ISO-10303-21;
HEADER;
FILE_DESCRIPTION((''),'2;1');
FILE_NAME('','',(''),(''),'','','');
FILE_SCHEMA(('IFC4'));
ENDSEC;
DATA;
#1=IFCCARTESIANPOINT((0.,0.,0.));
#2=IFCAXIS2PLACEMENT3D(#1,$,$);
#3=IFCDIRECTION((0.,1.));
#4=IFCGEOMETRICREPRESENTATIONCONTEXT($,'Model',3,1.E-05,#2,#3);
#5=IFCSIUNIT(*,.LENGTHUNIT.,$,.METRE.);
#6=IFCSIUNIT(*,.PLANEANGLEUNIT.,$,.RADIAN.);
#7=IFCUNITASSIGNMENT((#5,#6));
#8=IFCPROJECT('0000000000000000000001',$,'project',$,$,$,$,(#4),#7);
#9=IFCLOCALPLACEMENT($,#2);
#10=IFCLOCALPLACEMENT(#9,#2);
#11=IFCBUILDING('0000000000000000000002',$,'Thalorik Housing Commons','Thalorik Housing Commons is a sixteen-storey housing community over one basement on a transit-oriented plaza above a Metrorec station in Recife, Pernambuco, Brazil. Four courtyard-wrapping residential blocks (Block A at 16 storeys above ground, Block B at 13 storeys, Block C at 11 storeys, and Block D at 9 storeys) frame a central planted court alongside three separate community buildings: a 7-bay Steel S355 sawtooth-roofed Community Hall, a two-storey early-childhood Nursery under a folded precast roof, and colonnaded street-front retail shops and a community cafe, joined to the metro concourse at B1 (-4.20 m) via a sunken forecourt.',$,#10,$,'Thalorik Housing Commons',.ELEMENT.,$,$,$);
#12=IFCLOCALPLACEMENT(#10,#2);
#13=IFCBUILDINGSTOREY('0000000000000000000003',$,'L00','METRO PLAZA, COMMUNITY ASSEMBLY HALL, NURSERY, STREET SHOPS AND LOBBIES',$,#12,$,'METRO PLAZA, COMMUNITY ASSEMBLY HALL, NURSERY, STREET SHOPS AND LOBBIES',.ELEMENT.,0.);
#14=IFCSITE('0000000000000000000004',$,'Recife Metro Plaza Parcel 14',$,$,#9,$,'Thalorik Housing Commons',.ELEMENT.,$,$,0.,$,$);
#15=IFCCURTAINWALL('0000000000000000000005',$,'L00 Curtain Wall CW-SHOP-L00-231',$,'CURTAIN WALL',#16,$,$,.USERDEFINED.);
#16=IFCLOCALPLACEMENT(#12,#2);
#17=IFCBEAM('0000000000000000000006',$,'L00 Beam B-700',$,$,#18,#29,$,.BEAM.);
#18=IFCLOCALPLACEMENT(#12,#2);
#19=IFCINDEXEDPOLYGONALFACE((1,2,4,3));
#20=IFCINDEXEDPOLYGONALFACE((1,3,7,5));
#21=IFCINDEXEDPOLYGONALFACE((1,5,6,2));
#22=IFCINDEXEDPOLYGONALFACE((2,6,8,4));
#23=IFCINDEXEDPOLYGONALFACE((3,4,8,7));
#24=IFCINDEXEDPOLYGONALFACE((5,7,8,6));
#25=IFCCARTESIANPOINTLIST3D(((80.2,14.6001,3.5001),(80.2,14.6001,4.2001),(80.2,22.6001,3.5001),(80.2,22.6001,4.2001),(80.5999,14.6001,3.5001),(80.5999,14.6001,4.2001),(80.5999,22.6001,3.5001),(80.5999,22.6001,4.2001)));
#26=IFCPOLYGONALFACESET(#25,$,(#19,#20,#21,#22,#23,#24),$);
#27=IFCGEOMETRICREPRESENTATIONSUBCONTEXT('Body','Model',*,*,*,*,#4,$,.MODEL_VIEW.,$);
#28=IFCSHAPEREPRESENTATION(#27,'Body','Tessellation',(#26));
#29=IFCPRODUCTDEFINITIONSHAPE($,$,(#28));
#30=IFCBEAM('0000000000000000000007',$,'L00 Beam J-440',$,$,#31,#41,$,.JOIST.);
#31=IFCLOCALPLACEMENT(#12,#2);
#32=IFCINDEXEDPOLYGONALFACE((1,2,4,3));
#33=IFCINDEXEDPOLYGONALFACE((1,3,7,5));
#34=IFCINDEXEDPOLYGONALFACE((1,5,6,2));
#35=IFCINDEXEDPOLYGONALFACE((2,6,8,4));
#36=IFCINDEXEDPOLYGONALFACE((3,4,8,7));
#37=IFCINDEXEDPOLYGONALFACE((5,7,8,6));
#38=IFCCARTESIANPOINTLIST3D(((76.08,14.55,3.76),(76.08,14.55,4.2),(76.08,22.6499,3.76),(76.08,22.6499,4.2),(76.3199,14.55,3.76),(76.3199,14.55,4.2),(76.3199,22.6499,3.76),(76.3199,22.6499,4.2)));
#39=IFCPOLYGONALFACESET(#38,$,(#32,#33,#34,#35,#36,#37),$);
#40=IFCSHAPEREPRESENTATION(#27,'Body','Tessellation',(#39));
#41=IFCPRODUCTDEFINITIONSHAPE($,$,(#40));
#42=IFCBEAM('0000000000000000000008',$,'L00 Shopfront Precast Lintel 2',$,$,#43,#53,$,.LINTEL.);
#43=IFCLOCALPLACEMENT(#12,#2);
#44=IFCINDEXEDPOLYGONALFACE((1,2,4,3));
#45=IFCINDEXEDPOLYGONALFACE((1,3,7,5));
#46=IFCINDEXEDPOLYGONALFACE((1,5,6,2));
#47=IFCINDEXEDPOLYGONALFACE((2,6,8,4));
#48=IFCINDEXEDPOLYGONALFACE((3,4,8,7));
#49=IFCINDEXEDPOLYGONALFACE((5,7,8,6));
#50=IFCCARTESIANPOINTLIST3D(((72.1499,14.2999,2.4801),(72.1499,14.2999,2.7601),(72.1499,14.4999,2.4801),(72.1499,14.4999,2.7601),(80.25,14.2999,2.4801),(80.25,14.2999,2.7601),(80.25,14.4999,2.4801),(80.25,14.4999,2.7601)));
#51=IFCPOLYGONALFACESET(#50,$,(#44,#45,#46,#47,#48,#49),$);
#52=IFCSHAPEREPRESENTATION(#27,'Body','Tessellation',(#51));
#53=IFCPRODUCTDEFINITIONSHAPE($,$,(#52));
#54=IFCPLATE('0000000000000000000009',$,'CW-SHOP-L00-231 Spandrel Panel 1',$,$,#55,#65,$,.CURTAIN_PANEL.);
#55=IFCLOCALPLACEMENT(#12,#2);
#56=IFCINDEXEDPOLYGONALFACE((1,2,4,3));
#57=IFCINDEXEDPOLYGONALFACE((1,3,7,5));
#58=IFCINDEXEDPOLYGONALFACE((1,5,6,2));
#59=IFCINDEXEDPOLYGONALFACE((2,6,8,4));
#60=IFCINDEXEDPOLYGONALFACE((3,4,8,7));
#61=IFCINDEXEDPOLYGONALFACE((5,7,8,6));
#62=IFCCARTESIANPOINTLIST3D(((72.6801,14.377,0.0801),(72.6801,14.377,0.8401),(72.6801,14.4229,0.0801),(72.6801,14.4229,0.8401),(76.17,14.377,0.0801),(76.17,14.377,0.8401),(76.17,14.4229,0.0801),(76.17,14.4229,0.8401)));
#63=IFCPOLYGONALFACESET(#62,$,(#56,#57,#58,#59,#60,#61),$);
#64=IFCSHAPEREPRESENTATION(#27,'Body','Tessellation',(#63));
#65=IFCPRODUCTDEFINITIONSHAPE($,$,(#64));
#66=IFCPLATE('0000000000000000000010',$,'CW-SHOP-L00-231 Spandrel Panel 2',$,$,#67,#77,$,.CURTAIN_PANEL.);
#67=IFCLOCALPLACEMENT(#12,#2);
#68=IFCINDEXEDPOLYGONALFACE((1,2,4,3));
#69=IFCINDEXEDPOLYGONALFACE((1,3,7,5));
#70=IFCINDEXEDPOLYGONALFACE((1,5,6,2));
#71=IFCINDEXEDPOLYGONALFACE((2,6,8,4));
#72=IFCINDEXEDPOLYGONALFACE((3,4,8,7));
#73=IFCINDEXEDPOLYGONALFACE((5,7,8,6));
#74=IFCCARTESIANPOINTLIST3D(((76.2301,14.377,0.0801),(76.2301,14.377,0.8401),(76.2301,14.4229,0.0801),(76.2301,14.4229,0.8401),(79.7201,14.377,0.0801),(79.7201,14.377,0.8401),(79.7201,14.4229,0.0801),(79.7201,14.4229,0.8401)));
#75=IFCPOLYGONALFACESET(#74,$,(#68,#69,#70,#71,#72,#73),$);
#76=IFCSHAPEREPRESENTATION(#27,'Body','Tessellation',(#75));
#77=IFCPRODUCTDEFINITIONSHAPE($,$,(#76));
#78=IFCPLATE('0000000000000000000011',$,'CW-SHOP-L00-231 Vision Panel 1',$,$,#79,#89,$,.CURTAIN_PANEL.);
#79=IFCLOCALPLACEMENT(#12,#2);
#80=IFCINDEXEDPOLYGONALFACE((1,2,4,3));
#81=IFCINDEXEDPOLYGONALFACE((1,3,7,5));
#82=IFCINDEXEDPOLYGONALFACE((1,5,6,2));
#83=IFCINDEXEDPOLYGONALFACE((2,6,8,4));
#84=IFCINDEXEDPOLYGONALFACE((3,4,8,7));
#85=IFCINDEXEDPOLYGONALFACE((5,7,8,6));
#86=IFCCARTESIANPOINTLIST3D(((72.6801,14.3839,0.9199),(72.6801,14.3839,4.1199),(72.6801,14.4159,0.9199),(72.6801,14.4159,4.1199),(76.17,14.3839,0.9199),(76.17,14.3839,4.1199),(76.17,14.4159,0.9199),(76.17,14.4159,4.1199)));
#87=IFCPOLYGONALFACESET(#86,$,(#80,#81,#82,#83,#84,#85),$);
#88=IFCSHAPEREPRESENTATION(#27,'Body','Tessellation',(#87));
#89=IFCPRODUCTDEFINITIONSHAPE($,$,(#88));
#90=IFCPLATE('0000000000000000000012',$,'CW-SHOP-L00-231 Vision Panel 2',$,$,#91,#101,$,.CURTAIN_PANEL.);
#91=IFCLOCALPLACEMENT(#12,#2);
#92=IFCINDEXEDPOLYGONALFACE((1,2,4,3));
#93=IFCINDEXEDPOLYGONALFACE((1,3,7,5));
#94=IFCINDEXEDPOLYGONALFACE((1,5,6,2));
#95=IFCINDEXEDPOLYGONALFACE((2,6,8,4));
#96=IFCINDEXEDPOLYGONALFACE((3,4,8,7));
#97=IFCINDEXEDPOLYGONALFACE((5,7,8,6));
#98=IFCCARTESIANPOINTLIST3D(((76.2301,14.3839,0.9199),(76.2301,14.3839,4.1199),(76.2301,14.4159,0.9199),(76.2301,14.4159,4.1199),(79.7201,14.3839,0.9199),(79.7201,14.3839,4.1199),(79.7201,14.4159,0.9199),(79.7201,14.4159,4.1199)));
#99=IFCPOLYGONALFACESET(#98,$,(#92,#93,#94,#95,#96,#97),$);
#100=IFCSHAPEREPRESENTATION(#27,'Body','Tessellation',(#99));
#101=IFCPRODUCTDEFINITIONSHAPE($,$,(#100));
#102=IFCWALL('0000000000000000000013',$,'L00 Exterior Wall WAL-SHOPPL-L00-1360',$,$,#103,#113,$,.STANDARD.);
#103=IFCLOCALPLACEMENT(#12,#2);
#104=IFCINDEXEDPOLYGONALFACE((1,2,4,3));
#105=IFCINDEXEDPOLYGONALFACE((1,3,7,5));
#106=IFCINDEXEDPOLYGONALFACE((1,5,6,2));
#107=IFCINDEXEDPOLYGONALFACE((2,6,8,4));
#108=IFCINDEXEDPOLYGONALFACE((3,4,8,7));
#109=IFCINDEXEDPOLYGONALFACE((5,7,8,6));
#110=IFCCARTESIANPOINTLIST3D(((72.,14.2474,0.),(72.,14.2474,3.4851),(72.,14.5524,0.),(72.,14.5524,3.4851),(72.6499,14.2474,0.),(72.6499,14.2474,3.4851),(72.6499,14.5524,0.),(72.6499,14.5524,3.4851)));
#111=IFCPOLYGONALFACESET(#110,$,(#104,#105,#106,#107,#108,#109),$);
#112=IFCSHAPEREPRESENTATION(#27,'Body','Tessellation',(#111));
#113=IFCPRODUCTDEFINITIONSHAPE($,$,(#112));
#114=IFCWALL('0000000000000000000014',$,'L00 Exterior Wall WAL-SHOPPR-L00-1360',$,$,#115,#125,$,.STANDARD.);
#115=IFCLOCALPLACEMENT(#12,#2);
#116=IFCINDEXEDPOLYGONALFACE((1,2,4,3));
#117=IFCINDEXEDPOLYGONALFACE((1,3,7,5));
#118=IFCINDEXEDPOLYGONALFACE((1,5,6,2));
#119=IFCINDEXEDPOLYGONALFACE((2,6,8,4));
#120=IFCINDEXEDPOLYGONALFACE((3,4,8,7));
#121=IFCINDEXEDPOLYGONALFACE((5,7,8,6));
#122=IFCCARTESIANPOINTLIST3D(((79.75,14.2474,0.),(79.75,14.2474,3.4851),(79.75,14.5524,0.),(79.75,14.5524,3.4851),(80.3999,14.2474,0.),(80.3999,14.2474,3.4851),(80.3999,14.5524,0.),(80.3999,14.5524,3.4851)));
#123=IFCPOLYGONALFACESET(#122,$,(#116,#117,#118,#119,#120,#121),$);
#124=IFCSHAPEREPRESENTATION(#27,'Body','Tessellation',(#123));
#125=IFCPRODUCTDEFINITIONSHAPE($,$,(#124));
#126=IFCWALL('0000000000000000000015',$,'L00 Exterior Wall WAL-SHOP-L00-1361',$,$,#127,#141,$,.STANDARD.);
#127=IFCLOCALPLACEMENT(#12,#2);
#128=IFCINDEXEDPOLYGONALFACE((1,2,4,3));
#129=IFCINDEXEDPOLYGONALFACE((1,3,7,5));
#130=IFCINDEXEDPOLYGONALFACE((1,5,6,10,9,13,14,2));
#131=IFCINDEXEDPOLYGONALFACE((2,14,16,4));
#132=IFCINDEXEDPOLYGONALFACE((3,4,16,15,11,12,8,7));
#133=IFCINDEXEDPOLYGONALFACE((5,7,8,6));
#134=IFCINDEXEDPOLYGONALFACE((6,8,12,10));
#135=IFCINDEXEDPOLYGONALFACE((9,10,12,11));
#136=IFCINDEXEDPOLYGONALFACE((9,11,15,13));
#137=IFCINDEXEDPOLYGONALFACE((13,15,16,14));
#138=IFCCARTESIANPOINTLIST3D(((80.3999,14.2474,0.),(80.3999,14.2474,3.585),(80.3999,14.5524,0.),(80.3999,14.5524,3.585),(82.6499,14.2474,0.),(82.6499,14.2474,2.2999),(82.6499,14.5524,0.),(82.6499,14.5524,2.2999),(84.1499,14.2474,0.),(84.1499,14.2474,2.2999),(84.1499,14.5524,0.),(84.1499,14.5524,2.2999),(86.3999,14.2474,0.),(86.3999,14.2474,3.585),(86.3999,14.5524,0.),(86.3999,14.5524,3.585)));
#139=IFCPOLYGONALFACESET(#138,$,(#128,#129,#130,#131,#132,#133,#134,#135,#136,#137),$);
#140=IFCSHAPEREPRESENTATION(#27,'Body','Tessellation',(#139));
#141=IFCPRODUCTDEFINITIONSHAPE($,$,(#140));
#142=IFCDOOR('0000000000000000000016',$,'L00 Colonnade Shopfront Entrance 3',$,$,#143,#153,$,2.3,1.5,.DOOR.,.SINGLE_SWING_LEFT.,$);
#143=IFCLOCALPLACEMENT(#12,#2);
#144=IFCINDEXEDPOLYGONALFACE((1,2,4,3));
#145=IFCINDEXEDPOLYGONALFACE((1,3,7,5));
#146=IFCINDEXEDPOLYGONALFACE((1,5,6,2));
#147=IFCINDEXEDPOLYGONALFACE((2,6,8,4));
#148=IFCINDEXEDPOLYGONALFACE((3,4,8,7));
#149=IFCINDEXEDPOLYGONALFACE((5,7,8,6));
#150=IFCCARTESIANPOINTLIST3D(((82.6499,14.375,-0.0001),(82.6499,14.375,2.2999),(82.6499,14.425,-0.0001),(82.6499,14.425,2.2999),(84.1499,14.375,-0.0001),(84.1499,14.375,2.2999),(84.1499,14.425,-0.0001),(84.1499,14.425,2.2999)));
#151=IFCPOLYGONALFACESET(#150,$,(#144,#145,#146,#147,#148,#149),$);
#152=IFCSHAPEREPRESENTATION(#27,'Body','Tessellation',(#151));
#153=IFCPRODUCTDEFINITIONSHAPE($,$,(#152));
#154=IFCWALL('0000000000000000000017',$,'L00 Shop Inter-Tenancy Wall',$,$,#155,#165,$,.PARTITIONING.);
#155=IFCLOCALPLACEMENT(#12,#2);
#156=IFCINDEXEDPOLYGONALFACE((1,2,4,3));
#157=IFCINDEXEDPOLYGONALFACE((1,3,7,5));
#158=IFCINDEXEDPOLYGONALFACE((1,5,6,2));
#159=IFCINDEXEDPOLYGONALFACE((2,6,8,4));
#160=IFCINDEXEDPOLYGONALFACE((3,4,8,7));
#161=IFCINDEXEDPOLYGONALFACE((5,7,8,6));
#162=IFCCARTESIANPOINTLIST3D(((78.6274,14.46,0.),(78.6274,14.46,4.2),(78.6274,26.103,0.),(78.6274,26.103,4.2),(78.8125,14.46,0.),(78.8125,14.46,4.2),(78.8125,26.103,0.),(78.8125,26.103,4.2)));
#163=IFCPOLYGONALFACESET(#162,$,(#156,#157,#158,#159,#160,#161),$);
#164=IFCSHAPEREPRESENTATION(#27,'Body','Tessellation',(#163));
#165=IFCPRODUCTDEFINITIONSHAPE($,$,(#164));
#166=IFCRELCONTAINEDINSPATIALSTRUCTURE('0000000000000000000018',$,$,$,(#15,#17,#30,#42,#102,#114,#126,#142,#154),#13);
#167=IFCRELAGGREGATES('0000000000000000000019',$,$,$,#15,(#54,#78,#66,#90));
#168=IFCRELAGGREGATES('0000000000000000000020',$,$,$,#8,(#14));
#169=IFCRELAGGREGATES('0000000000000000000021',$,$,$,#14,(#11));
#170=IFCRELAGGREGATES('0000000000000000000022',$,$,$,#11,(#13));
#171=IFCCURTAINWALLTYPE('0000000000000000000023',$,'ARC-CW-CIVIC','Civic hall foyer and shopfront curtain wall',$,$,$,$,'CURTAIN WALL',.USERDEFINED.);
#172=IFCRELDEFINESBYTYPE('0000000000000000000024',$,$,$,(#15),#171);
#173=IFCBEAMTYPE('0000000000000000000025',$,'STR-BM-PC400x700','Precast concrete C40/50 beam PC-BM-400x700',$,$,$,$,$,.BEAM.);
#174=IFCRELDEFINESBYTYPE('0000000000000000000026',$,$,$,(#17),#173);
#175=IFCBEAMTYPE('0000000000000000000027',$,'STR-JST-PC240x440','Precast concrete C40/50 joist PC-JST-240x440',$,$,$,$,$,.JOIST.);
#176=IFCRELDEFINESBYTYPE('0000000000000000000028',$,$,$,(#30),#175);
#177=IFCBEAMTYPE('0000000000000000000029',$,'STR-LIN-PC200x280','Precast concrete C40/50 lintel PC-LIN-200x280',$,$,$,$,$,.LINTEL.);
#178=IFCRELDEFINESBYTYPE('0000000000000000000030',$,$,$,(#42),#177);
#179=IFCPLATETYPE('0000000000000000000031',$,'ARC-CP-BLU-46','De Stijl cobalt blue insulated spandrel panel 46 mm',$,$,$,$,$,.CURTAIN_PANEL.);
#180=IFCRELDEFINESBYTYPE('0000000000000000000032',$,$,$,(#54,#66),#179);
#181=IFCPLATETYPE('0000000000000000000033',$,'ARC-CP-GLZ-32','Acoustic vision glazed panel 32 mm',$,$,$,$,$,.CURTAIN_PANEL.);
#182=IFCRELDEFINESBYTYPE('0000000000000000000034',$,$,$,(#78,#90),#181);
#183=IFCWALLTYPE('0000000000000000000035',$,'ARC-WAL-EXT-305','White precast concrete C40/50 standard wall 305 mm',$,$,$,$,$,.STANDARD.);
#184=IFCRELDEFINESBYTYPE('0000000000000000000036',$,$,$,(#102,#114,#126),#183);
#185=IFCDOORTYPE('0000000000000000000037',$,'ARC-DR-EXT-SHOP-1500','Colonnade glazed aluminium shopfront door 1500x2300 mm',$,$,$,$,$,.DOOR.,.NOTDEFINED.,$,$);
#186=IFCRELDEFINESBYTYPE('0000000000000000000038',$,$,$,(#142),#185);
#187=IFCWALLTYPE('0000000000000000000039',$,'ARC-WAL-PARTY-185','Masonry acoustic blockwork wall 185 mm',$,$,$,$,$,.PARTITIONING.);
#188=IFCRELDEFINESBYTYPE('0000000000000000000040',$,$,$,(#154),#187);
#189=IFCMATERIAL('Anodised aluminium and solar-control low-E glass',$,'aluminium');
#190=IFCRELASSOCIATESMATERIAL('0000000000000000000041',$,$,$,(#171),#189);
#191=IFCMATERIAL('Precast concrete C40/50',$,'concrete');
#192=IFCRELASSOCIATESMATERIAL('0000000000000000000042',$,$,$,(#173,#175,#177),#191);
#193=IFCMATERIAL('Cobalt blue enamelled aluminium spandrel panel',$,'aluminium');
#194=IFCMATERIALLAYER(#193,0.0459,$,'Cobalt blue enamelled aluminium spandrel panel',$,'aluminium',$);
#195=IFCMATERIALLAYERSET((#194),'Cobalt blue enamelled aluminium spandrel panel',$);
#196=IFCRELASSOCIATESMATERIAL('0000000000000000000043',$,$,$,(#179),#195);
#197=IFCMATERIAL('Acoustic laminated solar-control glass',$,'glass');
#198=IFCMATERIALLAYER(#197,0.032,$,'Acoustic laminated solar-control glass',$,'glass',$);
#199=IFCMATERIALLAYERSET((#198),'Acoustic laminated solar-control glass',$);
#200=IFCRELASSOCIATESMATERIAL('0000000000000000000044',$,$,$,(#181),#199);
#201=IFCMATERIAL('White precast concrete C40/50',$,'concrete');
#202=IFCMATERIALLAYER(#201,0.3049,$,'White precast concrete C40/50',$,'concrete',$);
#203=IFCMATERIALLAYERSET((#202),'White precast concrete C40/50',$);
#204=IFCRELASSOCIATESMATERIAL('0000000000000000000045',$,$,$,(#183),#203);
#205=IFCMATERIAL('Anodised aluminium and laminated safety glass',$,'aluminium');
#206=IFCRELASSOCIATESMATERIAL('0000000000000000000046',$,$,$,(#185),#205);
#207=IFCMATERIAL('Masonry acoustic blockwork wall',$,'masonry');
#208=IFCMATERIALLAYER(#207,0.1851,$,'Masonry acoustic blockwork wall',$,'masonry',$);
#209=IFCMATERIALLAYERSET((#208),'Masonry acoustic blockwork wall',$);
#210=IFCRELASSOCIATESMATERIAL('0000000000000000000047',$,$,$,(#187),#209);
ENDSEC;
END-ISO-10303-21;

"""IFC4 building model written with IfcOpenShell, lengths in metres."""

from ifc_helpers import new_model, si_unit, direction, frame, frame_2d, origin, origin_2d, place, context, subcontext, project, spatial, rectangle, extrude, material, layer, layer_set, material_profile, profile_set, type_object, element, fill, aggregate, save


model = new_model("IFC4")

# Units and contexts
model_context = context("Model", 3, precision=1e-05, world=origin(), true_north=direction((0.0, 1.0)))
body_context = subcontext(model_context, "Body", "Model", "MODEL_VIEW")
ifc_project = project(units=[si_unit("LENGTHUNIT", "METRE"), si_unit("PLANEANGLEUNIT", "RADIAN")], contexts=[model_context])

# Site, building, storey
site_placement = place(None, origin())
site = spatial("IfcSite", under=ifc_project, at=site_placement, Name="Recife Metro Plaza Parcel 14", LongName="Thalorik Housing Commons", CompositionType="ELEMENT", RefElevation=0.0)
building_placement = place(site_placement, origin())
building = spatial("IfcBuilding", under=site, at=building_placement, Name="Thalorik Housing Commons", Description="Thalorik Housing Commons is a sixteen-storey housing community over one basement on a transit-oriented plaza above a Metrorec station in Recife, Pernambuco, Brazil. Four courtyard-wrapping residential blocks (Block A at 16 storeys above ground, Block B at 13 storeys, Block C at 11 storeys, and Block D at 9 storeys) frame a central planted court alongside three separate community buildings: a 7-bay Steel S355 sawtooth-roofed Community Hall, a two-storey early-childhood Nursery under a folded precast roof, and colonnaded street-front retail shops and a community cafe, joined to the metro concourse at B1 (-4.20 m) via a sunken forecourt.", LongName="Thalorik Housing Commons", CompositionType="ELEMENT")
storey_placement = place(building_placement, origin())
storey = spatial("IfcBuildingStorey", under=building, at=storey_placement, Name="L00", Description="METRO PLAZA, COMMUNITY ASSEMBLY HALL, NURSERY, STREET SHOPS AND LOBBIES", LongName="METRO PLAZA, COMMUNITY ASSEMBLY HALL, NURSERY, STREET SHOPS AND LOBBIES", CompositionType="ELEMENT", Elevation=0.0)

# Shared definitions
ifc_material_1 = material(Name="Precast concrete C40/50", Category="concrete")

# Curtain wall
ifc_material_2 = material(Name="Anodised aluminium and solar-control low-E glass", Category="aluminium")
curtain_wall_type = type_object("IfcCurtainWallType", Name="ARC-CW-CIVIC", Description="Civic hall foyer and shopfront curtain wall", ElementType="CURTAIN WALL", PredefinedType="USERDEFINED", material=ifc_material_2)
curtain_wall_placement = place(storey_placement, origin())
curtain_wall = element("IfcCurtainWall", 1, at=curtain_wall_placement, inside=storey, type_object=curtain_wall_type, Name="L00 Curtain Wall CW-SHOP-L00-231", ObjectType="CURTAIN WALL", PredefinedType="USERDEFINED")

# Beams
ifc_material_profile_1 = material_profile(ifc_material_1, rectangle(XDim=0.3999, YDim=0.7, at=origin_2d()), Name="PC 400x700", Category="concrete")
ifc_profile_set_1 = profile_set([ifc_material_profile_1], Name="Precast concrete C40/50")
beam_type_1 = type_object("IfcBeamType", Name="STR-BM-PC400x700", Description="Precast concrete C40/50 beam PC-BM-400x700", PredefinedType="BEAM", material=ifc_profile_set_1)
for number, where, z_axis, x_axis, name in (
    (2, (80.3999, 14.6001, 3.8501), (0.0, 1.0, 0.0), (-1.0, 0.0, 0.0), "L00 Beam B-700"),
):
    element("IfcBeam", number, at=place(storey_placement, frame(where, z_axis=z_axis, x_axis=x_axis)), inside=storey, type_object=beam_type_1, Name=name, PredefinedType="BEAM", context=body_context, shape_type="SweptSolid", body=[
        extrude(rectangle(XDim=0.3999, YDim=0.7, at=origin_2d()), origin(), (0.0, 0.0, 1.0), 8.0),
    ])
ifc_material_profile_2 = material_profile(ifc_material_1, rectangle(XDim=0.24, YDim=0.4399, at=origin_2d()), Name="PC JST 240x440", Category="concrete")
ifc_profile_set_2 = profile_set([ifc_material_profile_2], Name="Precast concrete C40/50")
beam_type_2 = type_object("IfcBeamType", Name="STR-JST-PC240x440", Description="Precast concrete C40/50 joist PC-JST-240x440", PredefinedType="JOIST", material=ifc_profile_set_2)
beam_1_placement = place(storey_placement, frame((76.2, 14.55, 3.98), z_axis=(0.0, 1.0, 0.0), x_axis=(-1.0, 0.0, 0.0)))
element("IfcBeam", 3, at=beam_1_placement, inside=storey, type_object=beam_type_2, Name="L00 Beam J-440", PredefinedType="JOIST", context=body_context, shape_type="SweptSolid", body=[
    extrude(rectangle(XDim=0.24, YDim=0.4399, at=origin_2d()), origin(), (0.0, 0.0, 1.0), 8.0999),
])
ifc_material_profile_3 = material_profile(ifc_material_1, rectangle(XDim=0.2, YDim=0.28, at=origin_2d()), Name="PC LIN 200x280", Category="concrete")
ifc_profile_set_3 = profile_set([ifc_material_profile_3], Name="Precast concrete C40/50")
beam_type_3 = type_object("IfcBeamType", Name="STR-LIN-PC200x280", Description="Precast concrete C40/50 lintel PC-LIN-200x280", PredefinedType="LINTEL", material=ifc_profile_set_3)
beam_2_placement = place(storey_placement, frame((72.1499, 14.3999, 2.6201), z_axis=(1.0, 0.0, 0.0), x_axis=(0.0, 1.0, 0.0)))
element("IfcBeam", 4, at=beam_2_placement, inside=storey, type_object=beam_type_3, Name="L00 Shopfront Precast Lintel 2", PredefinedType="LINTEL", context=body_context, shape_type="SweptSolid", body=[
    extrude(rectangle(XDim=0.2, YDim=0.28, at=origin_2d()), origin(), (0.0, 0.0, 1.0), 8.1001),
])

# Plates
ifc_material_3 = material(Name="Cobalt blue enamelled aluminium spandrel panel", Category="aluminium")
ifc_layer_1 = layer(ifc_material_3, 0.0459, Name="Cobalt blue enamelled aluminium spandrel panel", Category="aluminium")
ifc_layer_set_1 = layer_set([ifc_layer_1], Name="Cobalt blue enamelled aluminium spandrel panel")
plate_type_1 = type_object("IfcPlateType", Name="ARC-CP-BLU-46", Description="De Stijl cobalt blue insulated spandrel panel 46 mm", PredefinedType="CURTAIN_PANEL", material=ifc_layer_set_1)
plate_1_placement = place(storey_placement, frame((74.425, 14.3999, 0.0801), z_axis=(0.0, 0.0, 1.0), x_axis=(1.0, 0.0, 0.0)))
plate_1 = element("IfcPlate", 5, at=plate_1_placement, type_object=plate_type_1, Name="CW-SHOP-L00-231 Spandrel Panel 1", PredefinedType="CURTAIN_PANEL", context=body_context, shape_type="SweptSolid", body=[
    extrude(rectangle(XDim=3.49, YDim=0.0459, at=origin_2d()), origin(), (0.0, 0.0, 1.0), 0.76),
])
plate_2_placement = place(storey_placement, frame((77.9751, 14.3999, 0.0801), z_axis=(0.0, 0.0, 1.0), x_axis=(1.0, 0.0, 0.0)))
plate_2 = element("IfcPlate", 6, at=plate_2_placement, type_object=plate_type_1, Name="CW-SHOP-L00-231 Spandrel Panel 2", PredefinedType="CURTAIN_PANEL", context=body_context, shape_type="SweptSolid", body=[
    extrude(rectangle(XDim=3.49, YDim=0.0459, at=origin_2d()), origin(), (0.0, 0.0, 1.0), 0.76),
])
ifc_material_4 = material(Name="Acoustic laminated solar-control glass", Category="glass")
ifc_layer_2 = layer(ifc_material_4, 0.032, Name="Acoustic laminated solar-control glass", Category="glass")
ifc_layer_set_2 = layer_set([ifc_layer_2], Name="Acoustic laminated solar-control glass")
plate_type_2 = type_object("IfcPlateType", Name="ARC-CP-GLZ-32", Description="Acoustic vision glazed panel 32 mm", PredefinedType="CURTAIN_PANEL", material=ifc_layer_set_2)
plate_3_placement = place(storey_placement, frame((74.425, 14.3999, 0.9199), z_axis=(0.0, 0.0, 1.0), x_axis=(1.0, 0.0, 0.0)))
plate_3 = element("IfcPlate", 7, at=plate_3_placement, type_object=plate_type_2, Name="CW-SHOP-L00-231 Vision Panel 1", PredefinedType="CURTAIN_PANEL", context=body_context, shape_type="SweptSolid", body=[
    extrude(rectangle(XDim=3.49, YDim=0.032, at=origin_2d()), origin(), (0.0, 0.0, 1.0), 3.2),
])
plate_4_placement = place(storey_placement, frame((77.9751, 14.3999, 0.9199), z_axis=(0.0, 0.0, 1.0), x_axis=(1.0, 0.0, 0.0)))
plate_4 = element("IfcPlate", 8, at=plate_4_placement, type_object=plate_type_2, Name="CW-SHOP-L00-231 Vision Panel 2", PredefinedType="CURTAIN_PANEL", context=body_context, shape_type="SweptSolid", body=[
    extrude(rectangle(XDim=3.49, YDim=0.032, at=origin_2d()), origin(), (0.0, 0.0, 1.0), 3.2),
])
aggregate(curtain_wall, [plate_1, plate_3, plate_2, plate_4])

# Walls
ifc_material_5 = material(Name="White precast concrete C40/50", Category="concrete")
ifc_layer_3 = layer(ifc_material_5, 0.3049, Name="White precast concrete C40/50", Category="concrete")
ifc_layer_set_3 = layer_set([ifc_layer_3], Name="White precast concrete C40/50")
wall_type_1 = type_object("IfcWallType", Name="ARC-WAL-EXT-305", Description="White precast concrete C40/50 standard wall 305 mm", PredefinedType="STANDARD", material=ifc_layer_set_3)
for number, where, z_axis, x_axis, name in (
    (9, (72.0, 14.3999, 0.0), (0.0, 0.0, 1.0), (1.0, 0.0, 0.0), "L00 Exterior Wall WAL-SHOPPL-L00-1360"),
    (10, (79.75, 14.3999, 0.0), (0.0, 0.0, 1.0), (1.0, 0.0, 0.0), "L00 Exterior Wall WAL-SHOPPR-L00-1360"),
):
    element("IfcWall", number, at=place(storey_placement, frame(where, z_axis=z_axis, x_axis=x_axis)), inside=storey, type_object=wall_type_1, Name=name, PredefinedType="STANDARD", context=body_context, shape_type="SweptSolid", body=[
        extrude(rectangle(XDim=0.6499, YDim=0.3049, at=frame_2d((0.325, 0.0))), origin(), (0.0, 0.0, 1.0), 3.4851),
    ])

# Wall, opening, door
wall_1_placement = place(storey_placement, frame((80.3999, 14.3999, 0.0), z_axis=(0.0, 0.0, 1.0), x_axis=(1.0, 0.0, 0.0)))
wall_1 = element("IfcWall", 11, at=wall_1_placement, inside=storey, type_object=wall_type_1, Name="L00 Exterior Wall WAL-SHOP-L00-1361", PredefinedType="STANDARD", context=body_context, shape_type="SweptSolid", body=[
    extrude(rectangle(XDim=6.0, YDim=0.3049, at=frame_2d((3.0, 0.0))), origin(), (0.0, 0.0, 1.0), 3.585),
])
opening_placement = place(wall_1_placement, frame((2.25, 0.0, 0.0)))
opening = element("IfcOpeningElement", 12, at=opening_placement, cuts=wall_1, PredefinedType="OPENING", context=body_context, shape_type="SweptSolid", body=[
    extrude(rectangle(XDim=1.5, YDim=2.3, at=frame_2d((0.75, 1.1499))), frame((0.0, 0.1626, 0.0), z_axis=(0.0, -1.0, 0.0), x_axis=(1.0, 0.0, 0.0)), (0.0, 0.0, 1.0), 0.325),
])
ifc_material_6 = material(Name="Anodised aluminium and laminated safety glass", Category="aluminium")
door_type = type_object("IfcDoorType", Name="ARC-DR-EXT-SHOP-1500", Description="Colonnade glazed aluminium shopfront door 1500x2300 mm", OperationType="NOTDEFINED", PredefinedType="DOOR", material=ifc_material_6)
door_placement = place(opening_placement, frame((1.5, 0.0, 0.0), z_axis=(0.0, 0.0, 1.0), x_axis=(-1.0, 0.0, 0.0)))
door = element("IfcDoor", 13, at=door_placement, inside=storey, type_object=door_type, Name="L00 Colonnade Shopfront Entrance 3", OperationType="SINGLE_SWING_LEFT", OverallHeight=2.3, OverallWidth=1.5, PredefinedType="DOOR", context=body_context, shape_type="SweptSolid", body=[
    extrude(rectangle(XDim=1.5, YDim=2.3, at=frame_2d((0.75, 1.1499))), frame((0.0, 0.0249, 0.0), z_axis=(0.0, -1.0, 0.0), x_axis=(1.0, 0.0, 0.0)), (0.0, 0.0, 1.0), 0.05),
])
fill(opening, door)

# Wall
ifc_material_7 = material(Name="Masonry acoustic blockwork wall", Category="masonry")
ifc_layer_4 = layer(ifc_material_7, 0.1851, Name="Masonry acoustic blockwork wall", Category="masonry")
ifc_layer_set_4 = layer_set([ifc_layer_4], Name="Masonry acoustic blockwork wall")
wall_type_2 = type_object("IfcWallType", Name="ARC-WAL-PARTY-185", Description="Masonry acoustic blockwork wall 185 mm", PredefinedType="PARTITIONING", material=ifc_layer_set_4)
wall_2_placement = place(storey_placement, frame((78.72, 14.46, 0.0), z_axis=(0.0, 0.0, 1.0), x_axis=(0.0, 1.0, 0.0)))
element("IfcWall", 14, at=wall_2_placement, inside=storey, type_object=wall_type_2, Name="L00 Shop Inter-Tenancy Wall", PredefinedType="PARTITIONING", context=body_context, shape_type="SweptSolid", body=[
    extrude(rectangle(XDim=11.6431, YDim=0.1851, at=frame_2d((5.8215, 0.0))), origin(), (0.0, 0.0, 1.0), 4.2),
])

save(model, "model.ifc")
